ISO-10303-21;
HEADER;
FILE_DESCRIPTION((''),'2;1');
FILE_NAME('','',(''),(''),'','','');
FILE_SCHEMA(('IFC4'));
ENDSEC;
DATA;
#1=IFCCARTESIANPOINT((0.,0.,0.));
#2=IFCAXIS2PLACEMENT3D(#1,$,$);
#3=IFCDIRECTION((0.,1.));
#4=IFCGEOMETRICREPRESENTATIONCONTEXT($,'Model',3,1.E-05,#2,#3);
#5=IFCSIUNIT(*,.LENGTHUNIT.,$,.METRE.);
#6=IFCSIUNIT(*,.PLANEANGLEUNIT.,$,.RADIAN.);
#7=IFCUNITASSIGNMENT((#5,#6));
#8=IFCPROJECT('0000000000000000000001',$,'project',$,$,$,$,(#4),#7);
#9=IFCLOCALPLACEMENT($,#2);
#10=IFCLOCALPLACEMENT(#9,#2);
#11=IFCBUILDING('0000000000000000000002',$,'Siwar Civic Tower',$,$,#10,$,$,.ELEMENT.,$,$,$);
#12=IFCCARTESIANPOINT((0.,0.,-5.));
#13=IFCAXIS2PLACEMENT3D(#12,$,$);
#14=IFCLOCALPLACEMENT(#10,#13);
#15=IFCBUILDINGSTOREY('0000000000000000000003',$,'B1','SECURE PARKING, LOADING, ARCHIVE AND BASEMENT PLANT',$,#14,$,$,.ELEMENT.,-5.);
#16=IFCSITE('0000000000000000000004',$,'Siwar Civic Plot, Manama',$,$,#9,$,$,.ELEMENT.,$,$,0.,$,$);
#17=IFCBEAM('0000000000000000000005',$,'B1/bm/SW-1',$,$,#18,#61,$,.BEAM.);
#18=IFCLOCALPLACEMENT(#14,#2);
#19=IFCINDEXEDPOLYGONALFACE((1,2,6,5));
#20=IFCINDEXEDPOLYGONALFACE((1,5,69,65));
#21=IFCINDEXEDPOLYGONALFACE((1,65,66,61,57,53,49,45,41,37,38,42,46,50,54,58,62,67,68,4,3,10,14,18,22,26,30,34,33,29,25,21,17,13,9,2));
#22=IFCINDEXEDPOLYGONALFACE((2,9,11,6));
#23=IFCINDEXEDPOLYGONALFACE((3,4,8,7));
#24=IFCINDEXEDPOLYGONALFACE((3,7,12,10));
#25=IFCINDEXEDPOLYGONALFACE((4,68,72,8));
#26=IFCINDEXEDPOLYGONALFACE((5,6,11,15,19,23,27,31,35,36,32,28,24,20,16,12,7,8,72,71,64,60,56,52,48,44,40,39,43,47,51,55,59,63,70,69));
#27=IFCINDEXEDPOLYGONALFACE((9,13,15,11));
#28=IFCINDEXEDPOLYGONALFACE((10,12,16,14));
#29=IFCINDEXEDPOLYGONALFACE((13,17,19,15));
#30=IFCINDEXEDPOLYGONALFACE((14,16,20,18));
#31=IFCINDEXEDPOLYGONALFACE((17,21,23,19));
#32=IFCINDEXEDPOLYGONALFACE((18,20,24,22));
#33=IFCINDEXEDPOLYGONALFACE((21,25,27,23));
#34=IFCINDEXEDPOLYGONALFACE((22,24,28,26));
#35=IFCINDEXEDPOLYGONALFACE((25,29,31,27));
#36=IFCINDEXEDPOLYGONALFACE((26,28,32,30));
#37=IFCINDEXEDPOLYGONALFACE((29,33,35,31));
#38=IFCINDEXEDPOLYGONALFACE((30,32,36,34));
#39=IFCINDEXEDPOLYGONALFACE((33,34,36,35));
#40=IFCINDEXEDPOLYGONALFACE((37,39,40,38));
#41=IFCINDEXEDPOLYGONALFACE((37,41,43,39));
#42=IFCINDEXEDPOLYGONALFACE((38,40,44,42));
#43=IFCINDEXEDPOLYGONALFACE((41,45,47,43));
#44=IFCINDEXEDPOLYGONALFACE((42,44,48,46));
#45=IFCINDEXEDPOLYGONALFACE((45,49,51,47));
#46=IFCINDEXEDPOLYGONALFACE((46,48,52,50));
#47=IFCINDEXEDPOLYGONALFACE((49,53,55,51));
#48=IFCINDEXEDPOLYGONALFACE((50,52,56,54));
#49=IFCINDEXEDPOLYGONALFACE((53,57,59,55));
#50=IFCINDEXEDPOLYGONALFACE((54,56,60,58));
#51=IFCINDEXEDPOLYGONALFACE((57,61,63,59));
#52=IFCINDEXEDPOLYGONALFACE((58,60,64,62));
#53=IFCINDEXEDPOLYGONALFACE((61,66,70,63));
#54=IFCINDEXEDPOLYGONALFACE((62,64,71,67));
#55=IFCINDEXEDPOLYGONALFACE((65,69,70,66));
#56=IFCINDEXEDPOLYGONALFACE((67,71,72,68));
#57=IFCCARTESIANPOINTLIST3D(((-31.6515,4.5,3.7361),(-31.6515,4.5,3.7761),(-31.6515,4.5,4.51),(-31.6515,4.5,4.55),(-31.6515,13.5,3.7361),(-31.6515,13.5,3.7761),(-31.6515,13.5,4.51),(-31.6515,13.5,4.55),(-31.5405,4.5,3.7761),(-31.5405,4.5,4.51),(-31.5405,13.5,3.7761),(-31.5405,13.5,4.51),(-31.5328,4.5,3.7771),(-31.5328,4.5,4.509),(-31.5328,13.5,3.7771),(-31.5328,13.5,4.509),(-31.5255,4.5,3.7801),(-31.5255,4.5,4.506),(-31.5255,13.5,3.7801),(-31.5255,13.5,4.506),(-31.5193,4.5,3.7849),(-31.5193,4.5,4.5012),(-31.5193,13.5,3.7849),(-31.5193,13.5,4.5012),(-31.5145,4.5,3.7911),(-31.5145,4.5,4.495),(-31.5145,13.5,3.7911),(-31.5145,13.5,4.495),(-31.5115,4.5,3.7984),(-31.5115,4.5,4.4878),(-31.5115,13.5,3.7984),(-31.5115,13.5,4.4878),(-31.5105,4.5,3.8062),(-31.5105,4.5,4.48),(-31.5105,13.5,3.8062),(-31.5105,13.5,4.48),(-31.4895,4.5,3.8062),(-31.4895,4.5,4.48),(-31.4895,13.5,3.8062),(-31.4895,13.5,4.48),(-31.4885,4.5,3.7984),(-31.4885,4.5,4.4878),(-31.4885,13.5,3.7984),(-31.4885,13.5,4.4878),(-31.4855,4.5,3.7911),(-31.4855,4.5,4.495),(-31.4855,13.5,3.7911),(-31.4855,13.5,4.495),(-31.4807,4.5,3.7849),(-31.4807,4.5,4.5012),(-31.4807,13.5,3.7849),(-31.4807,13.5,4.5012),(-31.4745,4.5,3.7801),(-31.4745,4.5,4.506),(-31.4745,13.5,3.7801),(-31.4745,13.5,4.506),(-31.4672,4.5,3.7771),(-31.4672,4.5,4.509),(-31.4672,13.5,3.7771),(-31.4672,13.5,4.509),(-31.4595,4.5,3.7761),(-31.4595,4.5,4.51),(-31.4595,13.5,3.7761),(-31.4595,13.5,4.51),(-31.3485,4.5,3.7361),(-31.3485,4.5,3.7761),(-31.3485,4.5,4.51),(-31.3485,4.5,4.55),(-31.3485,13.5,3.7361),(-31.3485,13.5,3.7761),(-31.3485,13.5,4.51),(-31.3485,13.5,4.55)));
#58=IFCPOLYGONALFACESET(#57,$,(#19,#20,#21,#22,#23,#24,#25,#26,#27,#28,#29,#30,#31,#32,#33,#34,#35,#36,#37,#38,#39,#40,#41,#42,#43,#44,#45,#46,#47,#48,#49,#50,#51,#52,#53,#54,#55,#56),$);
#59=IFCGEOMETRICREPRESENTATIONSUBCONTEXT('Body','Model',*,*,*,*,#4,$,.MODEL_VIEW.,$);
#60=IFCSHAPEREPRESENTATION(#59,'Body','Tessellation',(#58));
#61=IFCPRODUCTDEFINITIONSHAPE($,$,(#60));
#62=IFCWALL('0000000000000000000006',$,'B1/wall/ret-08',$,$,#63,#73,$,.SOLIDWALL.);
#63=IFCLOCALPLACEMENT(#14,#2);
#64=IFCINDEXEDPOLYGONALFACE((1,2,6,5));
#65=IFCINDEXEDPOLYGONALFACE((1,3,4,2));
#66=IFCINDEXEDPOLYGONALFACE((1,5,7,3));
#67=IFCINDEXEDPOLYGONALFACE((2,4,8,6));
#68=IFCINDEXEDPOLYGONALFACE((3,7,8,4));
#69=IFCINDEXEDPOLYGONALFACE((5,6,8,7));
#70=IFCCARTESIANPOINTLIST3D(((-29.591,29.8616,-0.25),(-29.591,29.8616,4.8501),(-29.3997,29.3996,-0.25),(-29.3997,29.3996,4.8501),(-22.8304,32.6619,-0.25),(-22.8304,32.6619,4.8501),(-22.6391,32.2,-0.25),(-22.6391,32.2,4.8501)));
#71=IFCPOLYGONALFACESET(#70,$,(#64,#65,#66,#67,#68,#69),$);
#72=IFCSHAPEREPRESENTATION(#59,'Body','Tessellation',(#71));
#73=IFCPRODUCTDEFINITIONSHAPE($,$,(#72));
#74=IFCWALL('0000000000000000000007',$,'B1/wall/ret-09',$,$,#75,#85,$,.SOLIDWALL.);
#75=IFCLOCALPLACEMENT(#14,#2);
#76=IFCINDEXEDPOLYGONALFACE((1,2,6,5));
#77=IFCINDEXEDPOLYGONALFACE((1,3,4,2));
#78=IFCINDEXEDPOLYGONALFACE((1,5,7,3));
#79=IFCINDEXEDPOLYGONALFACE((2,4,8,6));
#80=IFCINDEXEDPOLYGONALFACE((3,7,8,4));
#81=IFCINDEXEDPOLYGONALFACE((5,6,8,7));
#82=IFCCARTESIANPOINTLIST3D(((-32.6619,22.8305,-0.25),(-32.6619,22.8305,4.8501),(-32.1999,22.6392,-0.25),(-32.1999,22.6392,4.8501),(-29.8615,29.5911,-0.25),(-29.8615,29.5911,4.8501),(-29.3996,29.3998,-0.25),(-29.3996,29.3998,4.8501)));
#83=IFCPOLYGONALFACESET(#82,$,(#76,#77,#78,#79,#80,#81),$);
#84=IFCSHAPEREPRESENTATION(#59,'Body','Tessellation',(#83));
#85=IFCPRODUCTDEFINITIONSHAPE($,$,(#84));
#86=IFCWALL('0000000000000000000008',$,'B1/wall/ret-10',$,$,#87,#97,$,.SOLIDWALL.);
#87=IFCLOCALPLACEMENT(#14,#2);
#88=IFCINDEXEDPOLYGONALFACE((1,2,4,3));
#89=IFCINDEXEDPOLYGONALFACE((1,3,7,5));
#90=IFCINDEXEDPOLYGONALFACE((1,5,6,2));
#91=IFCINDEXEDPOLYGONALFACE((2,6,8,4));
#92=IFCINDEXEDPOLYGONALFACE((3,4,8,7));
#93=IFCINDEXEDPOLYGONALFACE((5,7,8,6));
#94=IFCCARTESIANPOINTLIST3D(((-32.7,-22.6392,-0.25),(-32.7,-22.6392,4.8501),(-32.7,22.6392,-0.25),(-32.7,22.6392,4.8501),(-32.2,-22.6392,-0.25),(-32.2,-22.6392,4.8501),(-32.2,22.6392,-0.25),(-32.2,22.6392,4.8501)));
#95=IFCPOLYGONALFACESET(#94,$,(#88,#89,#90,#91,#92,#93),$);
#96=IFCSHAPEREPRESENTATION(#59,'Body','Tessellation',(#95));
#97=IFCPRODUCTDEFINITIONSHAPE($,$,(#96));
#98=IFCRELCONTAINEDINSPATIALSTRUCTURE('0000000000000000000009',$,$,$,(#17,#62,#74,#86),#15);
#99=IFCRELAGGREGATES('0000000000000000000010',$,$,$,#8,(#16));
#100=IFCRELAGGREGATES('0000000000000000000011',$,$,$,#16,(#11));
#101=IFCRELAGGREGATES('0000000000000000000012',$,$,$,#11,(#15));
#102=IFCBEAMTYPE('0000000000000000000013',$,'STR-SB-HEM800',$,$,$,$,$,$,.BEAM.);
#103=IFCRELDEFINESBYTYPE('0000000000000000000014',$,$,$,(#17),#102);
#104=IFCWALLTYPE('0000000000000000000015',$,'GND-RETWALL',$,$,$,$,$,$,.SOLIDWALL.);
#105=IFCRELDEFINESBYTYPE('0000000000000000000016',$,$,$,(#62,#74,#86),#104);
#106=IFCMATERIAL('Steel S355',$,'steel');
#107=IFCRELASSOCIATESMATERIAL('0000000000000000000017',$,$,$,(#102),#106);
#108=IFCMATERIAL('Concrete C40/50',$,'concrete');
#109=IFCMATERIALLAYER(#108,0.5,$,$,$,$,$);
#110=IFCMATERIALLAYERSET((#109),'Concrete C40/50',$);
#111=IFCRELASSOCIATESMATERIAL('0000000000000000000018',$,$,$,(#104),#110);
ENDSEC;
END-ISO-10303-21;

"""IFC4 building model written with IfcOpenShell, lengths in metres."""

from ifc_helpers import new_model, si_unit, direction, frame, frame_2d, origin, origin_2d, place, context, subcontext, project, spatial, rectangle, i_section, extrude, material, layer, layer_set, material_profile, profile_set, type_object, element, save


model = new_model("IFC4")

# Units and contexts
model_context = context("Model", 3, precision=1e-05, world=origin(), true_north=direction((0.0, 1.0)))
body_context = subcontext(model_context, "Body", "Model", "MODEL_VIEW")
ifc_project = project(units=[si_unit("LENGTHUNIT", "METRE"), si_unit("PLANEANGLEUNIT", "RADIAN")], contexts=[model_context])

# Site, building, storey
site_placement = place(None, origin())
site = spatial("IfcSite", under=ifc_project, at=site_placement, Name="Siwar Civic Plot, Manama", CompositionType="ELEMENT", RefElevation=0.0)
building_placement = place(site_placement, origin())
building = spatial("IfcBuilding", under=site, at=building_placement, Name="Siwar Civic Tower", CompositionType="ELEMENT")
storey_placement = place(building_placement, frame((0.0, 0.0, -5.0)))
storey = spatial("IfcBuildingStorey", under=building, at=storey_placement, Name="B1", Description="SECURE PARKING, LOADING, ARCHIVE AND BASEMENT PLANT", CompositionType="ELEMENT", Elevation=-5.0)

# Beam
ifc_material_1 = material(Name="Steel S355", Category="steel")
ifc_material_profile_1 = material_profile(ifc_material_1, i_section(OverallWidth=0.303, OverallDepth=0.814, WebThickness=0.021, FlangeThickness=0.04, FilletRadius=0.03, at=origin_2d()), Name="HEM800")
ifc_profile_set_1 = profile_set([ifc_material_profile_1], Name="Steel S355")
beam_type_1 = type_object("IfcBeamType", Name="STR-SB-HEM800", PredefinedType="BEAM", material=ifc_profile_set_1)
for number, where, z_axis, x_axis, name in (
    (1, (-31.5, 13.5, 4.1431), (0.0, -1.0, 0.0), (1.0, 0.0, 0.0), "B1/bm/SW-1"),
):
    element("IfcBeam", number, at=place(storey_placement, frame(where, z_axis=z_axis, x_axis=x_axis)), inside=storey, type_object=beam_type_1, Name=name, PredefinedType="BEAM", context=body_context, shape_type="SweptSolid", body=[
        extrude(i_section(OverallWidth=0.303, OverallDepth=0.814, WebThickness=0.021, FlangeThickness=0.04, FilletRadius=0.03, at=origin_2d()), origin(), (0.0, 0.0, 1.0), 9.0),
    ])

# Walls
ifc_material_2 = material(Name="Concrete C40/50", Category="concrete")
ifc_layer = layer(ifc_material_2, 0.5)
ifc_layer_set = layer_set([ifc_layer], Name="Concrete C40/50")
wall_type = type_object("IfcWallType", Name="GND-RETWALL", PredefinedType="SOLIDWALL", material=ifc_layer_set)
for number, where, z_axis, x_axis, name in (
    (2, (-22.7349, 32.4309, -0.25), (0.0, 0.0, 1.0), (-0.923879, -0.382684, 0.0), "B1/wall/ret-08"),
    (3, (-29.6306, 29.4954, -0.25), (0.0, 0.0, 1.0), (-0.382684, -0.923879, 0.0), "B1/wall/ret-09"),
):
    element("IfcWall", number, at=place(storey_placement, frame(where, z_axis=z_axis, x_axis=x_axis)), inside=storey, type_object=wall_type, Name=name, PredefinedType="SOLIDWALL", context=body_context, shape_type="SweptSolid", body=[
        extrude(rectangle(XDim=7.3176, YDim=0.5, at=frame_2d((3.6587, 0.0))), origin(), (0.0, 0.0, 1.0), 5.1001),
    ])
wall_placement = place(storey_placement, frame((-32.45, 22.6392, -0.25), z_axis=(0.0, 0.0, 1.0), x_axis=(0.0, -1.0, 0.0)))
element("IfcWall", 4, at=wall_placement, inside=storey, type_object=wall_type, Name="B1/wall/ret-10", PredefinedType="SOLIDWALL", context=body_context, shape_type="SweptSolid", body=[
    extrude(rectangle(XDim=45.2783, YDim=0.5, at=frame_2d((22.6392, 0.0))), origin(), (0.0, 0.0, 1.0), 5.1001),
])

save(model, "model.ifc")
